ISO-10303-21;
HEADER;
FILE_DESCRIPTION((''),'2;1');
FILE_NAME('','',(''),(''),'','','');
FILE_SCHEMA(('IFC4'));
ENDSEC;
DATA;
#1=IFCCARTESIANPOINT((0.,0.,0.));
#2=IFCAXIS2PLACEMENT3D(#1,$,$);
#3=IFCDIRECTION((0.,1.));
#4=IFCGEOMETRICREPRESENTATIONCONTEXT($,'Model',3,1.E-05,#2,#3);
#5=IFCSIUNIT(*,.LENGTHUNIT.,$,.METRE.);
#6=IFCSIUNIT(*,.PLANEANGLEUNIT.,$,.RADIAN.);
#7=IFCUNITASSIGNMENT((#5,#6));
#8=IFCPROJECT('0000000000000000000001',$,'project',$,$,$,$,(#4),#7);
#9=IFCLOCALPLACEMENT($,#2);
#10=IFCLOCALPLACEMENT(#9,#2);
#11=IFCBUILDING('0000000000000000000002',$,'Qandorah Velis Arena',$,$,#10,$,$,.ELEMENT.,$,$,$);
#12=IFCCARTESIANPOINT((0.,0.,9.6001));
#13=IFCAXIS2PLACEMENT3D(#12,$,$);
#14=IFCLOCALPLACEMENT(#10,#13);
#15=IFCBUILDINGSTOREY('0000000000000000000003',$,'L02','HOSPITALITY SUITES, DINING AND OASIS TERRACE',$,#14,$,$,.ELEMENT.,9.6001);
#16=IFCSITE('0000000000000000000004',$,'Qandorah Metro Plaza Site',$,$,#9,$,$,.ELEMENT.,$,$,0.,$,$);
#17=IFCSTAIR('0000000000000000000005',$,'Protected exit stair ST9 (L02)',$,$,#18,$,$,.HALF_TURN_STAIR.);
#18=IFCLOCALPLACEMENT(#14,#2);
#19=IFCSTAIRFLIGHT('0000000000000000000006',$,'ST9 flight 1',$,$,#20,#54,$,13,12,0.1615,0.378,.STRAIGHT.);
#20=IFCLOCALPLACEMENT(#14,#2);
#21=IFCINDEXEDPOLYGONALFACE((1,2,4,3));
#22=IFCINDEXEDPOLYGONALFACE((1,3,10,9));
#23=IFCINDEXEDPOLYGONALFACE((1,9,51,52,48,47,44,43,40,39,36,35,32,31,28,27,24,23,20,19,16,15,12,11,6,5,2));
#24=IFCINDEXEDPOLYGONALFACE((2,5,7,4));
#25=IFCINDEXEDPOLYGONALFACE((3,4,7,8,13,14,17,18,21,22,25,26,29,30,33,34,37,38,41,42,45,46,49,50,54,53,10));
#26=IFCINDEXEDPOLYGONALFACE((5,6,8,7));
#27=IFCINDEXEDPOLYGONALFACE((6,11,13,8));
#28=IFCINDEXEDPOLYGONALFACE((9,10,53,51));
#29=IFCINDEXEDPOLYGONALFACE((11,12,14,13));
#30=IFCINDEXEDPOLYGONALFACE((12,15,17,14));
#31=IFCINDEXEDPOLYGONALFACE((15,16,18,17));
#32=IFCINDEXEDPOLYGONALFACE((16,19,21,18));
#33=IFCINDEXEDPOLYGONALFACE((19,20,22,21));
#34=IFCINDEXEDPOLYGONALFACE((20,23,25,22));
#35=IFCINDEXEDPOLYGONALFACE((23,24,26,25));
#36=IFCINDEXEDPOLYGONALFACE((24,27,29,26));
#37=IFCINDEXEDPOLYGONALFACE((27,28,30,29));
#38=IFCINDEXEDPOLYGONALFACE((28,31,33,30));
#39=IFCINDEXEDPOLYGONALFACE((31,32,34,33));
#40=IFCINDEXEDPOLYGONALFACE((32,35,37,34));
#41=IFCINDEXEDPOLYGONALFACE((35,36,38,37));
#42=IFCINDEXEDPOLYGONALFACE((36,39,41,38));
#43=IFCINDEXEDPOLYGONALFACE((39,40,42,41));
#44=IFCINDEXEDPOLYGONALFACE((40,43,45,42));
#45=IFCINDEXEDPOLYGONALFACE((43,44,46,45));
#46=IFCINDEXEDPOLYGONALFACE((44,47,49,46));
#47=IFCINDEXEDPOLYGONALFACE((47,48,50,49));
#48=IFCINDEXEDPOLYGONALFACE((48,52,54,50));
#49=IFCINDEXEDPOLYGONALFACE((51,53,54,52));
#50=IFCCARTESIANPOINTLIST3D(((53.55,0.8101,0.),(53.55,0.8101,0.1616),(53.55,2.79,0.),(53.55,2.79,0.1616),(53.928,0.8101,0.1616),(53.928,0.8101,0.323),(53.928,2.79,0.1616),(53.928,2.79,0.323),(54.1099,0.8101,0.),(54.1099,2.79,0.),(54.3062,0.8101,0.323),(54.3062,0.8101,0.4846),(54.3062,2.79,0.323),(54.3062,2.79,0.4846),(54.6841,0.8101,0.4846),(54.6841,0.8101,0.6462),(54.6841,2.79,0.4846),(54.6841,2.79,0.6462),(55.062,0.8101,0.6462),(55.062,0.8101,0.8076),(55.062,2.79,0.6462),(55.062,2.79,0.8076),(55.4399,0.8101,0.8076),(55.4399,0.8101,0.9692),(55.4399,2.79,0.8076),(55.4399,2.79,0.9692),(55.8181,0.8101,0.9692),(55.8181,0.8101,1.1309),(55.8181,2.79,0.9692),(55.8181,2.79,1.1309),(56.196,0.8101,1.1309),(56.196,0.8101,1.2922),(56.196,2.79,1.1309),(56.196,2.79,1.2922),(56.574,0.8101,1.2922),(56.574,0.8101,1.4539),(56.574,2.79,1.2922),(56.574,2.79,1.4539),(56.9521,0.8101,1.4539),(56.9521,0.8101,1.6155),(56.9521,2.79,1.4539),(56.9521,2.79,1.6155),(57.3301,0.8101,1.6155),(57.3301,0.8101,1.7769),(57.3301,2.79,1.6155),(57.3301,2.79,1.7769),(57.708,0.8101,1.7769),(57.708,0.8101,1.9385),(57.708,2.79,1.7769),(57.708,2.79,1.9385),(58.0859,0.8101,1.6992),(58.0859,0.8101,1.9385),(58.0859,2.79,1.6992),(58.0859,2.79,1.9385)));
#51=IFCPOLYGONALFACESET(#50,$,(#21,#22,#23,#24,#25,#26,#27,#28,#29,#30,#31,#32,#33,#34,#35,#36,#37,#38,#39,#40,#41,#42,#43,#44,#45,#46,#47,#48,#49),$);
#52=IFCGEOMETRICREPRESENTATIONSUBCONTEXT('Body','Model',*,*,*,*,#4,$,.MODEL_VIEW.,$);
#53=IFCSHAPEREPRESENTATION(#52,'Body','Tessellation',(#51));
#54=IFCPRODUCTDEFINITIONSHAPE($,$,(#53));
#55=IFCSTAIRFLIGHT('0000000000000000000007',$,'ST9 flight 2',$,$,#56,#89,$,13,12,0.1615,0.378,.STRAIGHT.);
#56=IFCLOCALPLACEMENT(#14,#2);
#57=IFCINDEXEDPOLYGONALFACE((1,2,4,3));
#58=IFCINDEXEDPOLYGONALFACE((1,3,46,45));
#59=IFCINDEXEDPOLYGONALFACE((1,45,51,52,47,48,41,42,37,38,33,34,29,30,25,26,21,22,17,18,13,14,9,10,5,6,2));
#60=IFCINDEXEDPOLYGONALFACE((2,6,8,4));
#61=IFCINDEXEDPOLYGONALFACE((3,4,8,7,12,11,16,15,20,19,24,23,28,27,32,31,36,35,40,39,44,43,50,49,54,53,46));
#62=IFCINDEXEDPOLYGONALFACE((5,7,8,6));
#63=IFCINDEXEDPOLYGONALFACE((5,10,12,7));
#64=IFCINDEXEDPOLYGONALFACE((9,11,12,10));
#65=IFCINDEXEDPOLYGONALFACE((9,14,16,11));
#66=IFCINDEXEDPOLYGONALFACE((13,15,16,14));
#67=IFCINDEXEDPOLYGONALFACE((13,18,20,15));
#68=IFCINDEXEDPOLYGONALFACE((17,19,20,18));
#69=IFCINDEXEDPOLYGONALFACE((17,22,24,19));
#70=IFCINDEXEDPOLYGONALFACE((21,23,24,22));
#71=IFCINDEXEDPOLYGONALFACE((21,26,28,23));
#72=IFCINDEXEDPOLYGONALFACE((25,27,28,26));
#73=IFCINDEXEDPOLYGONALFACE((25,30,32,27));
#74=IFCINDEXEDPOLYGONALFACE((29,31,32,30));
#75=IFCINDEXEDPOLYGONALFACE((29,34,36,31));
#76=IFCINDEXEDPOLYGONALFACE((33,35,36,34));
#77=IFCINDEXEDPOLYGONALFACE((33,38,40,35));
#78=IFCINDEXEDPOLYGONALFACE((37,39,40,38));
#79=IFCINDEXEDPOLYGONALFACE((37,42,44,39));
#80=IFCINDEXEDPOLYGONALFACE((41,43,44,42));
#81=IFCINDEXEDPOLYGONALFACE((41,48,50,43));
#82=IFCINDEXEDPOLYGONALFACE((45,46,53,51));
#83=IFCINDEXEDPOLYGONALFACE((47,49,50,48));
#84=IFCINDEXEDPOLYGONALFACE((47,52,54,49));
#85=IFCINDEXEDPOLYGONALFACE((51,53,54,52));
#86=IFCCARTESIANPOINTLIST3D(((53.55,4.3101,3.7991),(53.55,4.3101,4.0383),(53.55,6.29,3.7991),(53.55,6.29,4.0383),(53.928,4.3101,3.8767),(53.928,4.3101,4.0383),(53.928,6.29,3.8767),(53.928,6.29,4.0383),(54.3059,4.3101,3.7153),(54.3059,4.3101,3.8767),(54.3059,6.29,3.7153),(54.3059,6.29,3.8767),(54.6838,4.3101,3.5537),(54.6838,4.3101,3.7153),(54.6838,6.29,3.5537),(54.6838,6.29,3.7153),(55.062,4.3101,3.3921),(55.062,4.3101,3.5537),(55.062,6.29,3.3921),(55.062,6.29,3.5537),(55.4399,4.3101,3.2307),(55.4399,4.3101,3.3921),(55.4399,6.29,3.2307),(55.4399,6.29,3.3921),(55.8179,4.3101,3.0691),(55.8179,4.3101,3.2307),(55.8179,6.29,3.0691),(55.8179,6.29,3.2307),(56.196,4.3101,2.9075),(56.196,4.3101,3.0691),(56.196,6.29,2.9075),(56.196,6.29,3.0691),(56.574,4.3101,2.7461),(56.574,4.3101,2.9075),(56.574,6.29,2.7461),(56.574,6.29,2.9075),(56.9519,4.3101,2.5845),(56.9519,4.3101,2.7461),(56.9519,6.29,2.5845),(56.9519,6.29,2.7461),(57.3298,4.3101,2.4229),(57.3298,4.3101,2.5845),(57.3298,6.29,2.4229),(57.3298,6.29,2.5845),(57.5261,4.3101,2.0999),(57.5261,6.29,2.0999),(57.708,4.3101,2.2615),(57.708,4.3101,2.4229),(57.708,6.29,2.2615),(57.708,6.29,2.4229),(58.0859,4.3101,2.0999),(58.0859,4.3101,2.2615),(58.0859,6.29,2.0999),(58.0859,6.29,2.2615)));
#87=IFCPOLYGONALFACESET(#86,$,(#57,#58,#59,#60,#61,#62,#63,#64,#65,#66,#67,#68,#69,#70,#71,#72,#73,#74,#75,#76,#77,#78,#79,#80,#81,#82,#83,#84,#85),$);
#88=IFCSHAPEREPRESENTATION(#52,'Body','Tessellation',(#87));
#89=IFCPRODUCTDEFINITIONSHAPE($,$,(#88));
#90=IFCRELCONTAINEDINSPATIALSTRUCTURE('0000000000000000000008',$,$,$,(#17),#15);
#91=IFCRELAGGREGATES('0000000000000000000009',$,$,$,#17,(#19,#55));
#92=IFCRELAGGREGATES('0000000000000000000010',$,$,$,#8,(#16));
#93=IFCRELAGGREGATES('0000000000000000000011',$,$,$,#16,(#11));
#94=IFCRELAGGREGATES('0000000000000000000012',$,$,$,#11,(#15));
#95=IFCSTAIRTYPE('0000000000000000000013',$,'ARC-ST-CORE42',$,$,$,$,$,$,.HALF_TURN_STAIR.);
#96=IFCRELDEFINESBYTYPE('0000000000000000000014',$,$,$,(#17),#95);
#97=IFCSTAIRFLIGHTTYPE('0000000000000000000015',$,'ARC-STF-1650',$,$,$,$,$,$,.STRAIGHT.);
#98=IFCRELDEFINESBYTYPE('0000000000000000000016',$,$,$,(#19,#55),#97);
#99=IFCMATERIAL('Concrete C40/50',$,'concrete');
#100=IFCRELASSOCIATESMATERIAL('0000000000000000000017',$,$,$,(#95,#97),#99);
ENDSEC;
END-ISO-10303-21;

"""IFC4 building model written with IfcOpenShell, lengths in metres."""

from ifc_helpers import new_model, si_unit, direction, frame, origin, place, context, subcontext, project, spatial, polyline, outline, extrude, material, type_object, element, aggregate, save


model = new_model("IFC4")

# Units and contexts
model_context = context("Model", 3, precision=1e-05, world=origin(), true_north=direction((0.0, 1.0)))
body_context = subcontext(model_context, "Body", "Model", "MODEL_VIEW")
ifc_project = project(units=[si_unit("LENGTHUNIT", "METRE"), si_unit("PLANEANGLEUNIT", "RADIAN")], contexts=[model_context])

# Site, building, storey
site_placement = place(None, origin())
site = spatial("IfcSite", under=ifc_project, at=site_placement, Name="Qandorah Metro Plaza Site", CompositionType="ELEMENT", RefElevation=0.0)
building_placement = place(site_placement, origin())
building = spatial("IfcBuilding", under=site, at=building_placement, Name="Qandorah Velis Arena", CompositionType="ELEMENT")
storey_placement = place(building_placement, frame((0.0, 0.0, 9.6001)))
storey = spatial("IfcBuildingStorey", under=building, at=storey_placement, Name="L02", Description="HOSPITALITY SUITES, DINING AND OASIS TERRACE", CompositionType="ELEMENT", Elevation=9.6001)

# Shared definitions
ifc_material_1 = material(Name="Concrete C40/50", Category="concrete")

# Stair, stair flights
stair_type = type_object("IfcStairType", Name="ARC-ST-CORE42", PredefinedType="HALF_TURN_STAIR", material=ifc_material_1)
stair_placement = place(storey_placement, origin())
stair = element("IfcStair", 1, at=stair_placement, inside=storey, type_object=stair_type, Name="Protected exit stair ST9 (L02)", PredefinedType="HALF_TURN_STAIR")
stair_flight_type = type_object("IfcStairFlightType", Name="ARC-STF-1650", PredefinedType="STRAIGHT", material=ifc_material_1)
stair_flight_1_placement = place(storey_placement, frame((53.55, 1.8, 0.0), z_axis=(0.0, 0.0, 1.0), x_axis=(1.0, 0.0, 0.0)))
stair_flight_1 = element("IfcStairFlight", 2, at=stair_flight_1_placement, type_object=stair_flight_type, Name="ST9 flight 1", NumberOfRisers=13, NumberOfTreads=12, PredefinedType="STRAIGHT", RiserHeight=0.1615, TreadLength=0.378, context=body_context, shape_type="SweptSolid", body=[
    extrude(outline(polyline([(0.0, 0.0), (0.0, 0.1616), (0.3779, 0.1616), (0.3779, 0.323), (0.7561, 0.323), (0.7561, 0.4846), (1.134, 0.4846), (1.134, 0.6462), (1.512, 0.6462), (1.512, 0.8076), (1.8899, 0.8076), (1.8899, 0.9692), (2.2681, 0.9692), (2.2681, 1.1309), (2.646, 1.1309), (2.646, 1.2922), (3.0239, 1.2922), (3.0239, 1.4539), (3.4021, 1.4539), (3.4021, 1.6155), (3.78, 1.6155), (3.78, 1.7769), (4.158, 1.7769), (4.158, 1.9385), (4.5359, 1.9385), (4.5359, 2.1001), (4.5359, 1.6992), (0.5598, 0.0), (0.0, 0.0)])), frame((0.0, 0.99, 0.0), z_axis=(0.0, -1.0, 0.0), x_axis=(1.0, 0.0, 0.0)), (0.0, 0.0, 1.0), 1.98),
])
stair_flight_2_placement = place(storey_placement, frame((58.0859, 5.3, 2.0999), z_axis=(0.0, 0.0, 1.0), x_axis=(-1.0, 0.0, 0.0)))
stair_flight_2 = element("IfcStairFlight", 3, at=stair_flight_2_placement, type_object=stair_flight_type, Name="ST9 flight 2", NumberOfRisers=13, NumberOfTreads=12, PredefinedType="STRAIGHT", RiserHeight=0.1615, TreadLength=0.378, context=body_context, shape_type="SweptSolid", body=[
    extrude(outline(polyline([(0.0, 0.0), (0.0, 0.1616), (0.3779, 0.1616), (0.3779, 0.323), (0.7561, 0.323), (0.7561, 0.4846), (1.134, 0.4846), (1.134, 0.6462), (1.512, 0.6462), (1.512, 0.8076), (1.8899, 0.8076), (1.8899, 0.9692), (2.2681, 0.9692), (2.2681, 1.1309), (2.646, 1.1309), (2.646, 1.2922), (3.0239, 1.2922), (3.0239, 1.4539), (3.4021, 1.4539), (3.4021, 1.6155), (3.78, 1.6155), (3.78, 1.7769), (4.158, 1.7769), (4.158, 1.9385), (4.5359, 1.9385), (4.5359, 2.1001), (4.5359, 1.6992), (0.5598, 0.0), (0.0, 0.0)])), frame((0.0, 0.99, 0.0), z_axis=(0.0, -1.0, 0.0), x_axis=(1.0, 0.0, 0.0)), (0.0, 0.0, 1.0), 1.98),
])
aggregate(stair, [stair_flight_1, stair_flight_2])

save(model, "model.ifc")
